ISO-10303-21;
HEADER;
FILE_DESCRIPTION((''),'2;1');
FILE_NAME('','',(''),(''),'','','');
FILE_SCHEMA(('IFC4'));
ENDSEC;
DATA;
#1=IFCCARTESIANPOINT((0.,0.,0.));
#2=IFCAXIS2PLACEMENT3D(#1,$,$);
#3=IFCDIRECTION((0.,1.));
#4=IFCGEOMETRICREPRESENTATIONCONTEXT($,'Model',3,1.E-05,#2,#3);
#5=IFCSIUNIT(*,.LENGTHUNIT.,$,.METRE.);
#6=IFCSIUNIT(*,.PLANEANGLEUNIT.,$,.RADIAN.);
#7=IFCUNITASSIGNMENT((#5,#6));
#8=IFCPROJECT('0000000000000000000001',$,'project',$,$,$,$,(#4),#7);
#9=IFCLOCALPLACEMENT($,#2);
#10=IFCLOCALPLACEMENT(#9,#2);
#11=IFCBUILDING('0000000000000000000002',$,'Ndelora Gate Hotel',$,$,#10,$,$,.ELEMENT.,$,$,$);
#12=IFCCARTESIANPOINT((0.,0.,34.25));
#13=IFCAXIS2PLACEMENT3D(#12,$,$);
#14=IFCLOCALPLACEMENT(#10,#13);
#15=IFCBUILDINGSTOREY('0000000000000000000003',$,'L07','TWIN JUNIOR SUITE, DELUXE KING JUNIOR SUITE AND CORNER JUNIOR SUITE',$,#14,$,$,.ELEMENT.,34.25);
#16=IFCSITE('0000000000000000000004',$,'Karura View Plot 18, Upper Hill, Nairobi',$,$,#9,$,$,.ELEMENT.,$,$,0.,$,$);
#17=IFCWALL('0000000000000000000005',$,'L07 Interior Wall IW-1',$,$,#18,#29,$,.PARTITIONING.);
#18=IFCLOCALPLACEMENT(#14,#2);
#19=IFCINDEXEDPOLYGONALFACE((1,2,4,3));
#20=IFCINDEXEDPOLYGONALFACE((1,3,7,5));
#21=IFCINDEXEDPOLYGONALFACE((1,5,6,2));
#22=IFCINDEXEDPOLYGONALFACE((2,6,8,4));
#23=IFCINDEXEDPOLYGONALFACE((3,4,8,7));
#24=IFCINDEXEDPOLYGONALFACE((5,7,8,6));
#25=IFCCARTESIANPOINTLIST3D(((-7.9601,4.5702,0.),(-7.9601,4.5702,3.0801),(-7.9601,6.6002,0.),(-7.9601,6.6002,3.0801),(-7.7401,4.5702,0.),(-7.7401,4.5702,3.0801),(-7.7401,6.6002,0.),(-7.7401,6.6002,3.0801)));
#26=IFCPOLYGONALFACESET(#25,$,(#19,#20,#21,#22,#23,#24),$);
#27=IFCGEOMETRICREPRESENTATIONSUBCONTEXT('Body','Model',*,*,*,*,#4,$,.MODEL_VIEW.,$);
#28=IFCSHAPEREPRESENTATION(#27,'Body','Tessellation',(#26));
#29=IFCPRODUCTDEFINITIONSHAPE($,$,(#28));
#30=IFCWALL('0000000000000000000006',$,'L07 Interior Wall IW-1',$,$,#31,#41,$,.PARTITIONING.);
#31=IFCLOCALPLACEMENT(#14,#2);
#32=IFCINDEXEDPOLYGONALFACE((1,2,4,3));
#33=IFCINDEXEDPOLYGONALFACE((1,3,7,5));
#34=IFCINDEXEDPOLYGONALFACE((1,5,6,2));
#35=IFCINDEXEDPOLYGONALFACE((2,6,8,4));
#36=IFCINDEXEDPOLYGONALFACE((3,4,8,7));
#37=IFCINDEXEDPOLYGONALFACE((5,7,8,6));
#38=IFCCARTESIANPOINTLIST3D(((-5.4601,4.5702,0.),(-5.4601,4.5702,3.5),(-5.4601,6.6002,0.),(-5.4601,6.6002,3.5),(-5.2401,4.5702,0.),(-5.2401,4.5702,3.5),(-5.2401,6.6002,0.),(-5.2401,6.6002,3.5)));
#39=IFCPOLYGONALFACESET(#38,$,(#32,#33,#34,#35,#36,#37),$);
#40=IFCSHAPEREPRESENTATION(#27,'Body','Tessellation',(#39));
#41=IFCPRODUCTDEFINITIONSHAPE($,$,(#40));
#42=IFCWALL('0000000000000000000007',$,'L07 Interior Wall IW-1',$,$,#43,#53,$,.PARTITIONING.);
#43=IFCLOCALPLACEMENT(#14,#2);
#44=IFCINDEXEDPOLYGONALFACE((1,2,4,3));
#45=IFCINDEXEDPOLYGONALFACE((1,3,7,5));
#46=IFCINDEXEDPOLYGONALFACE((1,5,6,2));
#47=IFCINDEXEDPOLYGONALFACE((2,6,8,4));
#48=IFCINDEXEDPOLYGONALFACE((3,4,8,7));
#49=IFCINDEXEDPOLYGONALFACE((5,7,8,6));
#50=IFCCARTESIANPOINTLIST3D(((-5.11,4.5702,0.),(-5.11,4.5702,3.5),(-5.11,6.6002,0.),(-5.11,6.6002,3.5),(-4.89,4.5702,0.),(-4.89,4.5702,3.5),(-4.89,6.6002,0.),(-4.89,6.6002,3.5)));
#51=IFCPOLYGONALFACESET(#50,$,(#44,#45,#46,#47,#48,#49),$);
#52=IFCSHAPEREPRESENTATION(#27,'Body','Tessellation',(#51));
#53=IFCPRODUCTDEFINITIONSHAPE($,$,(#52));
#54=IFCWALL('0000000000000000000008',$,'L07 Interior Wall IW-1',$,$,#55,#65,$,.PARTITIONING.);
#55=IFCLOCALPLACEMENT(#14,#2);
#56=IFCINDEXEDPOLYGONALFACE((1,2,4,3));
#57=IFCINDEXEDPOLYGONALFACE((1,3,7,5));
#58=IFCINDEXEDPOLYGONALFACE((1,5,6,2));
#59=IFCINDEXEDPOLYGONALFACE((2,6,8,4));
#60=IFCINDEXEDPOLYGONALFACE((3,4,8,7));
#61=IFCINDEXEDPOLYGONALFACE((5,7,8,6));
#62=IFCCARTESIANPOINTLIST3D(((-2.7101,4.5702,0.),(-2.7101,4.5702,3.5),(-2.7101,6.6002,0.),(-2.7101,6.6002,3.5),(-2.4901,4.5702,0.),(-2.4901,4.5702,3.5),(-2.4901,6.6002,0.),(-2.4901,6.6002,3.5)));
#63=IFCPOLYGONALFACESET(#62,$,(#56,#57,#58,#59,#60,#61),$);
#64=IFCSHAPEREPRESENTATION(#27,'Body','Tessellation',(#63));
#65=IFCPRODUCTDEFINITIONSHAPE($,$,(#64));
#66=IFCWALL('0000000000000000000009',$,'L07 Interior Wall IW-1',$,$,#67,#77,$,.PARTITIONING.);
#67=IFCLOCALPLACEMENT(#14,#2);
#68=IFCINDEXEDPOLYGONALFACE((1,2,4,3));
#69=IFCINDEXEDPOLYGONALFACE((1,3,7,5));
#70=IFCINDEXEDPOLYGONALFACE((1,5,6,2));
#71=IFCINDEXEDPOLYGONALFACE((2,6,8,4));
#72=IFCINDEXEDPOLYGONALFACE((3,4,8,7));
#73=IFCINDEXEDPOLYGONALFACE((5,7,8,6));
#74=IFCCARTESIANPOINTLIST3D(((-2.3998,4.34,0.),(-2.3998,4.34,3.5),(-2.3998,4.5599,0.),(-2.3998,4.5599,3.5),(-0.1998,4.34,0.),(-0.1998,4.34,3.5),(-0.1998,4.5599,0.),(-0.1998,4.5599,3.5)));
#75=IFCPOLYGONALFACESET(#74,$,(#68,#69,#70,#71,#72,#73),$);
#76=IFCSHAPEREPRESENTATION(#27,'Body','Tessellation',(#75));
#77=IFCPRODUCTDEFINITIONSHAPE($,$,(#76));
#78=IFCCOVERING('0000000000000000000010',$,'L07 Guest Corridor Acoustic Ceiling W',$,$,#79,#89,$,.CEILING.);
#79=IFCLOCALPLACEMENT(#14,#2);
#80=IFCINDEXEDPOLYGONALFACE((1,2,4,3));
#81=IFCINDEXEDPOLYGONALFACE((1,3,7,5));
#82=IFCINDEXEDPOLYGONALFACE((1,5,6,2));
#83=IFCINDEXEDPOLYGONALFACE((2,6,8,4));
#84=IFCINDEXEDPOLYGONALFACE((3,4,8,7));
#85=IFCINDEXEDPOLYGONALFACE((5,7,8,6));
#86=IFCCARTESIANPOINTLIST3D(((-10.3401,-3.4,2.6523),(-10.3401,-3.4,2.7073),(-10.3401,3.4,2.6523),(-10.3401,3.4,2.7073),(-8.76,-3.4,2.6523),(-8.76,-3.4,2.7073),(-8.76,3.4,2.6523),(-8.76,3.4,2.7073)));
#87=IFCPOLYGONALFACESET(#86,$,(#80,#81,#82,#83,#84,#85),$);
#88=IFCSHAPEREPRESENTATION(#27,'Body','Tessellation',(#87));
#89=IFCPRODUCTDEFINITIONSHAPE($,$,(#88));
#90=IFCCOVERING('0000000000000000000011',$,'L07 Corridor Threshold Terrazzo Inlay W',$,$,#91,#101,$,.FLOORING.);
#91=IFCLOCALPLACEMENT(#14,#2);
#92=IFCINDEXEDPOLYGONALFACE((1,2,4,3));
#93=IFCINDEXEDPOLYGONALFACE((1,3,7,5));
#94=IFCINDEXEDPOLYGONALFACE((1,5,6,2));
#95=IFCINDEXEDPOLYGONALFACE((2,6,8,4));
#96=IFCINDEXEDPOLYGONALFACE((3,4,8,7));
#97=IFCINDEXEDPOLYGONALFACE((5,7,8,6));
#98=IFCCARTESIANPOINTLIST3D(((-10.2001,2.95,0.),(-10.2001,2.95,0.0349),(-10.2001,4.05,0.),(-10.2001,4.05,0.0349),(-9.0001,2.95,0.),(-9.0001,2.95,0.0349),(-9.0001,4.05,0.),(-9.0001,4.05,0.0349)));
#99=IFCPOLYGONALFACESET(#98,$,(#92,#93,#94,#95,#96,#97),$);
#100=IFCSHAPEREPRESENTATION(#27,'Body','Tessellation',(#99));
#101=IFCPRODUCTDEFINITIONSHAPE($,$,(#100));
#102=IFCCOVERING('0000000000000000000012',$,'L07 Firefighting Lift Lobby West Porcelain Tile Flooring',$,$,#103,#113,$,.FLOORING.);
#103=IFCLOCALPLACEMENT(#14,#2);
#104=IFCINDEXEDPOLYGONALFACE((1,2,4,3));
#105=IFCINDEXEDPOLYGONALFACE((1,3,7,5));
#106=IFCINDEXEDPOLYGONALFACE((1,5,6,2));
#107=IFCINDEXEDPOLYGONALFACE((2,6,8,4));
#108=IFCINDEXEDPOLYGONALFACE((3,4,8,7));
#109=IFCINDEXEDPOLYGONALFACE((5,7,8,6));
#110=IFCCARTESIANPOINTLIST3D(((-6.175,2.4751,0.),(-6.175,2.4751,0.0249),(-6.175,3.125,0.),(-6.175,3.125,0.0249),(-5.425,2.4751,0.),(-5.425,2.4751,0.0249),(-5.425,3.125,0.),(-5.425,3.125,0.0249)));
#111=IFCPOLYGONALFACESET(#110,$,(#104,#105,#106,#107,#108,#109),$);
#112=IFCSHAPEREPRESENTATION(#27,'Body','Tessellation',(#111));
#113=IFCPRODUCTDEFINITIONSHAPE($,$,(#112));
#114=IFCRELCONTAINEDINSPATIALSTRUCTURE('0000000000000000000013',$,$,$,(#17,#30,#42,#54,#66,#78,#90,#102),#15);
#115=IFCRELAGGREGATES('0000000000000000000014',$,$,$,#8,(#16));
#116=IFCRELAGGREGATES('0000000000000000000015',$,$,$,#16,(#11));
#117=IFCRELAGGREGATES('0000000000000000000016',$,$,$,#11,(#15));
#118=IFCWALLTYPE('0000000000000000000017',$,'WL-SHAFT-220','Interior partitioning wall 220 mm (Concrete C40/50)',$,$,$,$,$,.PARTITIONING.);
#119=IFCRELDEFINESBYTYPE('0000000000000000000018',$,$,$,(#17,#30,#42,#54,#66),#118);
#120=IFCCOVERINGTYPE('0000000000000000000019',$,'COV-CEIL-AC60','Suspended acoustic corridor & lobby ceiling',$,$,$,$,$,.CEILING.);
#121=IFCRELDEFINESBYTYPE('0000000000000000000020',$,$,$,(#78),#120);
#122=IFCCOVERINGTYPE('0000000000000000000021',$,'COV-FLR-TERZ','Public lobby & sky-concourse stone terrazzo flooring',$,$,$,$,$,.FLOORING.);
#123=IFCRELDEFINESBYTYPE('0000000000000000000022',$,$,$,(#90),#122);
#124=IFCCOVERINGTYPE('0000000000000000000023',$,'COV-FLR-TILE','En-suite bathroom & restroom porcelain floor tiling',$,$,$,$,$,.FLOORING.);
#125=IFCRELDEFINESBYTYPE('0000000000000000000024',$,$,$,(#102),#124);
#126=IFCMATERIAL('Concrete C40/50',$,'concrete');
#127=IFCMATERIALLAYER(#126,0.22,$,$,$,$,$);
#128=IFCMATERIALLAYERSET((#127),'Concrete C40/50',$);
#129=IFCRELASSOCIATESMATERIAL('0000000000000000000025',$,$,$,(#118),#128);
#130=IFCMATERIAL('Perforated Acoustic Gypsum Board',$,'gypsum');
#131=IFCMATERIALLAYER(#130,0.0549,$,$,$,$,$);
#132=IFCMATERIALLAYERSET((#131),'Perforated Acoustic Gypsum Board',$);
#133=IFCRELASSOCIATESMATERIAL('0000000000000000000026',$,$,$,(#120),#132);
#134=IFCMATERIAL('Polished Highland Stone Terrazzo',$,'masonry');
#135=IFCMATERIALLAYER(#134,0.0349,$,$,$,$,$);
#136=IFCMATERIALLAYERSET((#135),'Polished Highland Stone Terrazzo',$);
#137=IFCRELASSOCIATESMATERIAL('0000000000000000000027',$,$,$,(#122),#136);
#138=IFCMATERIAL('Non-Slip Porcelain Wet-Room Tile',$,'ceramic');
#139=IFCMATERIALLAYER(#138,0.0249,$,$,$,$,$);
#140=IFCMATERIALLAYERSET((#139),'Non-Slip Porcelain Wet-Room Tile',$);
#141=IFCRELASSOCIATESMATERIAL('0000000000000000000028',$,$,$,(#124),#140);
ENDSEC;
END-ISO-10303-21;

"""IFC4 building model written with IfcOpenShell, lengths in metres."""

from ifc_helpers import new_model, si_unit, direction, frame, frame_2d, origin, origin_2d, place, context, subcontext, project, spatial, rectangle, extrude, material, layer, layer_set, type_object, element, save


model = new_model("IFC4")

# Units and contexts
model_context = context("Model", 3, precision=1e-05, world=origin(), true_north=direction((0.0, 1.0)))
body_context = subcontext(model_context, "Body", "Model", "MODEL_VIEW")
ifc_project = project(units=[si_unit("LENGTHUNIT", "METRE"), si_unit("PLANEANGLEUNIT", "RADIAN")], contexts=[model_context])

# Site, building, storey
site_placement = place(None, origin())
site = spatial("IfcSite", under=ifc_project, at=site_placement, Name="Karura View Plot 18, Upper Hill, Nairobi", CompositionType="ELEMENT", RefElevation=0.0)
building_placement = place(site_placement, origin())
building = spatial("IfcBuilding", under=site, at=building_placement, Name="Ndelora Gate Hotel", CompositionType="ELEMENT")
storey_placement = place(building_placement, frame((0.0, 0.0, 34.25)))
storey = spatial("IfcBuildingStorey", under=building, at=storey_placement, Name="L07", Description="TWIN JUNIOR SUITE, DELUXE KING JUNIOR SUITE AND CORNER JUNIOR SUITE", CompositionType="ELEMENT", Elevation=34.25)

# Shared definitions
ifc_material_1 = material(Name="Concrete C40/50", Category="concrete")

# Shared definitions
ifc_layer_1 = layer(ifc_material_1, 0.22)
ifc_layer_set_1 = layer_set([ifc_layer_1], Name="Concrete C40/50")
wall_type_1 = type_object("IfcWallType", Name="WL-SHAFT-220", Description="Interior partitioning wall 220 mm (Concrete C40/50)", PredefinedType="PARTITIONING", material=ifc_layer_set_1)

# Walls
wall_1_placement = place(storey_placement, frame((-7.8501, 4.5701, 0.0), z_axis=(0.0, 0.0, 1.0), x_axis=(0.0, 1.0, 0.0)))
element("IfcWall", 1, at=wall_1_placement, inside=storey, type_object=wall_type_1, Name="L07 Interior Wall IW-1", PredefinedType="PARTITIONING", context=body_context, shape_type="SweptSolid", body=[
    extrude(rectangle(XDim=2.03, YDim=0.22, at=frame_2d((1.0151, 0.0))), origin(), (0.0, 0.0, 1.0), 3.0801),
])
wall_2_placement = place(storey_placement, frame((-5.3501, 4.5701, 0.0), z_axis=(0.0, 0.0, 1.0), x_axis=(0.0, 1.0, 0.0)))
element("IfcWall", 2, at=wall_2_placement, inside=storey, type_object=wall_type_1, Name="L07 Interior Wall IW-1", PredefinedType="PARTITIONING", context=body_context, shape_type="SweptSolid", body=[
    extrude(rectangle(XDim=2.03, YDim=0.22, at=frame_2d((1.0151, 0.0))), origin(), (0.0, 0.0, 1.0), 3.5),
])

# Walls
for number, where, z_axis, x_axis, name in (
    (3, (-5.0, 4.5701, 0.0), (0.0, 0.0, 1.0), (0.0, 1.0, 0.0), "L07 Interior Wall IW-1"),
    (4, (-2.6001, 4.5701, 0.0), (0.0, 0.0, 1.0), (0.0, 1.0, 0.0), "L07 Interior Wall IW-1"),
):
    element("IfcWall", number, at=place(storey_placement, frame(where, z_axis=z_axis, x_axis=x_axis)), inside=storey, type_object=wall_type_1, Name=name, PredefinedType="PARTITIONING", context=body_context, shape_type="SweptSolid", body=[
        extrude(rectangle(XDim=2.03, YDim=0.22, at=frame_2d((1.0151, 0.0))), origin(), (0.0, 0.0, 1.0), 3.5),
    ])
wall_3_placement = place(storey_placement, frame((-2.3999, 4.45, 0.0), z_axis=(0.0, 0.0, 1.0), x_axis=(1.0, 0.0, 0.0)))
element("IfcWall", 5, at=wall_3_placement, inside=storey, type_object=wall_type_1, Name="L07 Interior Wall IW-1", PredefinedType="PARTITIONING", context=body_context, shape_type="SweptSolid", body=[
    extrude(rectangle(XDim=2.2, YDim=0.22, at=frame_2d((1.1001, 0.0))), origin(), (0.0, 0.0, 1.0), 3.5),
])

# Coverings
ifc_material_2 = material(Name="Perforated Acoustic Gypsum Board", Category="gypsum")
ifc_layer_2 = layer(ifc_material_2, 0.0549)
ifc_layer_set_2 = layer_set([ifc_layer_2], Name="Perforated Acoustic Gypsum Board")
covering_type_1 = type_object("IfcCoveringType", Name="COV-CEIL-AC60", Description="Suspended acoustic corridor & lobby ceiling", PredefinedType="CEILING", material=ifc_layer_set_2)
covering_1_placement = place(storey_placement, frame((-9.55, 0.0, 2.6523), z_axis=(0.0, 0.0, 1.0), x_axis=(1.0, 0.0, 0.0)))
element("IfcCovering", 6, at=covering_1_placement, inside=storey, type_object=covering_type_1, Name="L07 Guest Corridor Acoustic Ceiling W", PredefinedType="CEILING", context=body_context, shape_type="SweptSolid", body=[
    extrude(rectangle(XDim=1.5801, YDim=6.8, at=origin_2d()), origin(), (0.0, 0.0, 1.0), 0.0549),
])
ifc_material_3 = material(Name="Polished Highland Stone Terrazzo", Category="masonry")
ifc_layer_3 = layer(ifc_material_3, 0.0349)
ifc_layer_set_3 = layer_set([ifc_layer_3], Name="Polished Highland Stone Terrazzo")
covering_type_2 = type_object("IfcCoveringType", Name="COV-FLR-TERZ", Description="Public lobby & sky-concourse stone terrazzo flooring", PredefinedType="FLOORING", material=ifc_layer_set_3)
covering_2_placement = place(storey_placement, frame((-9.6001, 3.5, 0.0), z_axis=(0.0, 0.0, 1.0), x_axis=(1.0, 0.0, 0.0)))
element("IfcCovering", 7, at=covering_2_placement, inside=storey, type_object=covering_type_2, Name="L07 Corridor Threshold Terrazzo Inlay W", PredefinedType="FLOORING", context=body_context, shape_type="SweptSolid", body=[
    extrude(rectangle(XDim=1.2, YDim=1.1001, at=origin_2d()), origin(), (0.0, 0.0, 1.0), 0.0349),
])
ifc_material_4 = material(Name="Non-Slip Porcelain Wet-Room Tile", Category="ceramic")
ifc_layer_4 = layer(ifc_material_4, 0.0249)
ifc_layer_set_4 = layer_set([ifc_layer_4], Name="Non-Slip Porcelain Wet-Room Tile")
covering_type_3 = type_object("IfcCoveringType", Name="COV-FLR-TILE", Description="En-suite bathroom & restroom porcelain floor tiling", PredefinedType="FLOORING", material=ifc_layer_set_4)
covering_3_placement = place(storey_placement, frame((-5.8, 2.8, 0.0), z_axis=(0.0, 0.0, 1.0), x_axis=(1.0, 0.0, 0.0)))
element("IfcCovering", 8, at=covering_3_placement, inside=storey, type_object=covering_type_3, Name="L07 Firefighting Lift Lobby West Porcelain Tile Flooring", PredefinedType="FLOORING", context=body_context, shape_type="SweptSolid", body=[
    extrude(rectangle(XDim=0.75, YDim=0.6499, at=origin_2d()), origin(), (0.0, 0.0, 1.0), 0.0249),
])

save(model, "model.ifc")
